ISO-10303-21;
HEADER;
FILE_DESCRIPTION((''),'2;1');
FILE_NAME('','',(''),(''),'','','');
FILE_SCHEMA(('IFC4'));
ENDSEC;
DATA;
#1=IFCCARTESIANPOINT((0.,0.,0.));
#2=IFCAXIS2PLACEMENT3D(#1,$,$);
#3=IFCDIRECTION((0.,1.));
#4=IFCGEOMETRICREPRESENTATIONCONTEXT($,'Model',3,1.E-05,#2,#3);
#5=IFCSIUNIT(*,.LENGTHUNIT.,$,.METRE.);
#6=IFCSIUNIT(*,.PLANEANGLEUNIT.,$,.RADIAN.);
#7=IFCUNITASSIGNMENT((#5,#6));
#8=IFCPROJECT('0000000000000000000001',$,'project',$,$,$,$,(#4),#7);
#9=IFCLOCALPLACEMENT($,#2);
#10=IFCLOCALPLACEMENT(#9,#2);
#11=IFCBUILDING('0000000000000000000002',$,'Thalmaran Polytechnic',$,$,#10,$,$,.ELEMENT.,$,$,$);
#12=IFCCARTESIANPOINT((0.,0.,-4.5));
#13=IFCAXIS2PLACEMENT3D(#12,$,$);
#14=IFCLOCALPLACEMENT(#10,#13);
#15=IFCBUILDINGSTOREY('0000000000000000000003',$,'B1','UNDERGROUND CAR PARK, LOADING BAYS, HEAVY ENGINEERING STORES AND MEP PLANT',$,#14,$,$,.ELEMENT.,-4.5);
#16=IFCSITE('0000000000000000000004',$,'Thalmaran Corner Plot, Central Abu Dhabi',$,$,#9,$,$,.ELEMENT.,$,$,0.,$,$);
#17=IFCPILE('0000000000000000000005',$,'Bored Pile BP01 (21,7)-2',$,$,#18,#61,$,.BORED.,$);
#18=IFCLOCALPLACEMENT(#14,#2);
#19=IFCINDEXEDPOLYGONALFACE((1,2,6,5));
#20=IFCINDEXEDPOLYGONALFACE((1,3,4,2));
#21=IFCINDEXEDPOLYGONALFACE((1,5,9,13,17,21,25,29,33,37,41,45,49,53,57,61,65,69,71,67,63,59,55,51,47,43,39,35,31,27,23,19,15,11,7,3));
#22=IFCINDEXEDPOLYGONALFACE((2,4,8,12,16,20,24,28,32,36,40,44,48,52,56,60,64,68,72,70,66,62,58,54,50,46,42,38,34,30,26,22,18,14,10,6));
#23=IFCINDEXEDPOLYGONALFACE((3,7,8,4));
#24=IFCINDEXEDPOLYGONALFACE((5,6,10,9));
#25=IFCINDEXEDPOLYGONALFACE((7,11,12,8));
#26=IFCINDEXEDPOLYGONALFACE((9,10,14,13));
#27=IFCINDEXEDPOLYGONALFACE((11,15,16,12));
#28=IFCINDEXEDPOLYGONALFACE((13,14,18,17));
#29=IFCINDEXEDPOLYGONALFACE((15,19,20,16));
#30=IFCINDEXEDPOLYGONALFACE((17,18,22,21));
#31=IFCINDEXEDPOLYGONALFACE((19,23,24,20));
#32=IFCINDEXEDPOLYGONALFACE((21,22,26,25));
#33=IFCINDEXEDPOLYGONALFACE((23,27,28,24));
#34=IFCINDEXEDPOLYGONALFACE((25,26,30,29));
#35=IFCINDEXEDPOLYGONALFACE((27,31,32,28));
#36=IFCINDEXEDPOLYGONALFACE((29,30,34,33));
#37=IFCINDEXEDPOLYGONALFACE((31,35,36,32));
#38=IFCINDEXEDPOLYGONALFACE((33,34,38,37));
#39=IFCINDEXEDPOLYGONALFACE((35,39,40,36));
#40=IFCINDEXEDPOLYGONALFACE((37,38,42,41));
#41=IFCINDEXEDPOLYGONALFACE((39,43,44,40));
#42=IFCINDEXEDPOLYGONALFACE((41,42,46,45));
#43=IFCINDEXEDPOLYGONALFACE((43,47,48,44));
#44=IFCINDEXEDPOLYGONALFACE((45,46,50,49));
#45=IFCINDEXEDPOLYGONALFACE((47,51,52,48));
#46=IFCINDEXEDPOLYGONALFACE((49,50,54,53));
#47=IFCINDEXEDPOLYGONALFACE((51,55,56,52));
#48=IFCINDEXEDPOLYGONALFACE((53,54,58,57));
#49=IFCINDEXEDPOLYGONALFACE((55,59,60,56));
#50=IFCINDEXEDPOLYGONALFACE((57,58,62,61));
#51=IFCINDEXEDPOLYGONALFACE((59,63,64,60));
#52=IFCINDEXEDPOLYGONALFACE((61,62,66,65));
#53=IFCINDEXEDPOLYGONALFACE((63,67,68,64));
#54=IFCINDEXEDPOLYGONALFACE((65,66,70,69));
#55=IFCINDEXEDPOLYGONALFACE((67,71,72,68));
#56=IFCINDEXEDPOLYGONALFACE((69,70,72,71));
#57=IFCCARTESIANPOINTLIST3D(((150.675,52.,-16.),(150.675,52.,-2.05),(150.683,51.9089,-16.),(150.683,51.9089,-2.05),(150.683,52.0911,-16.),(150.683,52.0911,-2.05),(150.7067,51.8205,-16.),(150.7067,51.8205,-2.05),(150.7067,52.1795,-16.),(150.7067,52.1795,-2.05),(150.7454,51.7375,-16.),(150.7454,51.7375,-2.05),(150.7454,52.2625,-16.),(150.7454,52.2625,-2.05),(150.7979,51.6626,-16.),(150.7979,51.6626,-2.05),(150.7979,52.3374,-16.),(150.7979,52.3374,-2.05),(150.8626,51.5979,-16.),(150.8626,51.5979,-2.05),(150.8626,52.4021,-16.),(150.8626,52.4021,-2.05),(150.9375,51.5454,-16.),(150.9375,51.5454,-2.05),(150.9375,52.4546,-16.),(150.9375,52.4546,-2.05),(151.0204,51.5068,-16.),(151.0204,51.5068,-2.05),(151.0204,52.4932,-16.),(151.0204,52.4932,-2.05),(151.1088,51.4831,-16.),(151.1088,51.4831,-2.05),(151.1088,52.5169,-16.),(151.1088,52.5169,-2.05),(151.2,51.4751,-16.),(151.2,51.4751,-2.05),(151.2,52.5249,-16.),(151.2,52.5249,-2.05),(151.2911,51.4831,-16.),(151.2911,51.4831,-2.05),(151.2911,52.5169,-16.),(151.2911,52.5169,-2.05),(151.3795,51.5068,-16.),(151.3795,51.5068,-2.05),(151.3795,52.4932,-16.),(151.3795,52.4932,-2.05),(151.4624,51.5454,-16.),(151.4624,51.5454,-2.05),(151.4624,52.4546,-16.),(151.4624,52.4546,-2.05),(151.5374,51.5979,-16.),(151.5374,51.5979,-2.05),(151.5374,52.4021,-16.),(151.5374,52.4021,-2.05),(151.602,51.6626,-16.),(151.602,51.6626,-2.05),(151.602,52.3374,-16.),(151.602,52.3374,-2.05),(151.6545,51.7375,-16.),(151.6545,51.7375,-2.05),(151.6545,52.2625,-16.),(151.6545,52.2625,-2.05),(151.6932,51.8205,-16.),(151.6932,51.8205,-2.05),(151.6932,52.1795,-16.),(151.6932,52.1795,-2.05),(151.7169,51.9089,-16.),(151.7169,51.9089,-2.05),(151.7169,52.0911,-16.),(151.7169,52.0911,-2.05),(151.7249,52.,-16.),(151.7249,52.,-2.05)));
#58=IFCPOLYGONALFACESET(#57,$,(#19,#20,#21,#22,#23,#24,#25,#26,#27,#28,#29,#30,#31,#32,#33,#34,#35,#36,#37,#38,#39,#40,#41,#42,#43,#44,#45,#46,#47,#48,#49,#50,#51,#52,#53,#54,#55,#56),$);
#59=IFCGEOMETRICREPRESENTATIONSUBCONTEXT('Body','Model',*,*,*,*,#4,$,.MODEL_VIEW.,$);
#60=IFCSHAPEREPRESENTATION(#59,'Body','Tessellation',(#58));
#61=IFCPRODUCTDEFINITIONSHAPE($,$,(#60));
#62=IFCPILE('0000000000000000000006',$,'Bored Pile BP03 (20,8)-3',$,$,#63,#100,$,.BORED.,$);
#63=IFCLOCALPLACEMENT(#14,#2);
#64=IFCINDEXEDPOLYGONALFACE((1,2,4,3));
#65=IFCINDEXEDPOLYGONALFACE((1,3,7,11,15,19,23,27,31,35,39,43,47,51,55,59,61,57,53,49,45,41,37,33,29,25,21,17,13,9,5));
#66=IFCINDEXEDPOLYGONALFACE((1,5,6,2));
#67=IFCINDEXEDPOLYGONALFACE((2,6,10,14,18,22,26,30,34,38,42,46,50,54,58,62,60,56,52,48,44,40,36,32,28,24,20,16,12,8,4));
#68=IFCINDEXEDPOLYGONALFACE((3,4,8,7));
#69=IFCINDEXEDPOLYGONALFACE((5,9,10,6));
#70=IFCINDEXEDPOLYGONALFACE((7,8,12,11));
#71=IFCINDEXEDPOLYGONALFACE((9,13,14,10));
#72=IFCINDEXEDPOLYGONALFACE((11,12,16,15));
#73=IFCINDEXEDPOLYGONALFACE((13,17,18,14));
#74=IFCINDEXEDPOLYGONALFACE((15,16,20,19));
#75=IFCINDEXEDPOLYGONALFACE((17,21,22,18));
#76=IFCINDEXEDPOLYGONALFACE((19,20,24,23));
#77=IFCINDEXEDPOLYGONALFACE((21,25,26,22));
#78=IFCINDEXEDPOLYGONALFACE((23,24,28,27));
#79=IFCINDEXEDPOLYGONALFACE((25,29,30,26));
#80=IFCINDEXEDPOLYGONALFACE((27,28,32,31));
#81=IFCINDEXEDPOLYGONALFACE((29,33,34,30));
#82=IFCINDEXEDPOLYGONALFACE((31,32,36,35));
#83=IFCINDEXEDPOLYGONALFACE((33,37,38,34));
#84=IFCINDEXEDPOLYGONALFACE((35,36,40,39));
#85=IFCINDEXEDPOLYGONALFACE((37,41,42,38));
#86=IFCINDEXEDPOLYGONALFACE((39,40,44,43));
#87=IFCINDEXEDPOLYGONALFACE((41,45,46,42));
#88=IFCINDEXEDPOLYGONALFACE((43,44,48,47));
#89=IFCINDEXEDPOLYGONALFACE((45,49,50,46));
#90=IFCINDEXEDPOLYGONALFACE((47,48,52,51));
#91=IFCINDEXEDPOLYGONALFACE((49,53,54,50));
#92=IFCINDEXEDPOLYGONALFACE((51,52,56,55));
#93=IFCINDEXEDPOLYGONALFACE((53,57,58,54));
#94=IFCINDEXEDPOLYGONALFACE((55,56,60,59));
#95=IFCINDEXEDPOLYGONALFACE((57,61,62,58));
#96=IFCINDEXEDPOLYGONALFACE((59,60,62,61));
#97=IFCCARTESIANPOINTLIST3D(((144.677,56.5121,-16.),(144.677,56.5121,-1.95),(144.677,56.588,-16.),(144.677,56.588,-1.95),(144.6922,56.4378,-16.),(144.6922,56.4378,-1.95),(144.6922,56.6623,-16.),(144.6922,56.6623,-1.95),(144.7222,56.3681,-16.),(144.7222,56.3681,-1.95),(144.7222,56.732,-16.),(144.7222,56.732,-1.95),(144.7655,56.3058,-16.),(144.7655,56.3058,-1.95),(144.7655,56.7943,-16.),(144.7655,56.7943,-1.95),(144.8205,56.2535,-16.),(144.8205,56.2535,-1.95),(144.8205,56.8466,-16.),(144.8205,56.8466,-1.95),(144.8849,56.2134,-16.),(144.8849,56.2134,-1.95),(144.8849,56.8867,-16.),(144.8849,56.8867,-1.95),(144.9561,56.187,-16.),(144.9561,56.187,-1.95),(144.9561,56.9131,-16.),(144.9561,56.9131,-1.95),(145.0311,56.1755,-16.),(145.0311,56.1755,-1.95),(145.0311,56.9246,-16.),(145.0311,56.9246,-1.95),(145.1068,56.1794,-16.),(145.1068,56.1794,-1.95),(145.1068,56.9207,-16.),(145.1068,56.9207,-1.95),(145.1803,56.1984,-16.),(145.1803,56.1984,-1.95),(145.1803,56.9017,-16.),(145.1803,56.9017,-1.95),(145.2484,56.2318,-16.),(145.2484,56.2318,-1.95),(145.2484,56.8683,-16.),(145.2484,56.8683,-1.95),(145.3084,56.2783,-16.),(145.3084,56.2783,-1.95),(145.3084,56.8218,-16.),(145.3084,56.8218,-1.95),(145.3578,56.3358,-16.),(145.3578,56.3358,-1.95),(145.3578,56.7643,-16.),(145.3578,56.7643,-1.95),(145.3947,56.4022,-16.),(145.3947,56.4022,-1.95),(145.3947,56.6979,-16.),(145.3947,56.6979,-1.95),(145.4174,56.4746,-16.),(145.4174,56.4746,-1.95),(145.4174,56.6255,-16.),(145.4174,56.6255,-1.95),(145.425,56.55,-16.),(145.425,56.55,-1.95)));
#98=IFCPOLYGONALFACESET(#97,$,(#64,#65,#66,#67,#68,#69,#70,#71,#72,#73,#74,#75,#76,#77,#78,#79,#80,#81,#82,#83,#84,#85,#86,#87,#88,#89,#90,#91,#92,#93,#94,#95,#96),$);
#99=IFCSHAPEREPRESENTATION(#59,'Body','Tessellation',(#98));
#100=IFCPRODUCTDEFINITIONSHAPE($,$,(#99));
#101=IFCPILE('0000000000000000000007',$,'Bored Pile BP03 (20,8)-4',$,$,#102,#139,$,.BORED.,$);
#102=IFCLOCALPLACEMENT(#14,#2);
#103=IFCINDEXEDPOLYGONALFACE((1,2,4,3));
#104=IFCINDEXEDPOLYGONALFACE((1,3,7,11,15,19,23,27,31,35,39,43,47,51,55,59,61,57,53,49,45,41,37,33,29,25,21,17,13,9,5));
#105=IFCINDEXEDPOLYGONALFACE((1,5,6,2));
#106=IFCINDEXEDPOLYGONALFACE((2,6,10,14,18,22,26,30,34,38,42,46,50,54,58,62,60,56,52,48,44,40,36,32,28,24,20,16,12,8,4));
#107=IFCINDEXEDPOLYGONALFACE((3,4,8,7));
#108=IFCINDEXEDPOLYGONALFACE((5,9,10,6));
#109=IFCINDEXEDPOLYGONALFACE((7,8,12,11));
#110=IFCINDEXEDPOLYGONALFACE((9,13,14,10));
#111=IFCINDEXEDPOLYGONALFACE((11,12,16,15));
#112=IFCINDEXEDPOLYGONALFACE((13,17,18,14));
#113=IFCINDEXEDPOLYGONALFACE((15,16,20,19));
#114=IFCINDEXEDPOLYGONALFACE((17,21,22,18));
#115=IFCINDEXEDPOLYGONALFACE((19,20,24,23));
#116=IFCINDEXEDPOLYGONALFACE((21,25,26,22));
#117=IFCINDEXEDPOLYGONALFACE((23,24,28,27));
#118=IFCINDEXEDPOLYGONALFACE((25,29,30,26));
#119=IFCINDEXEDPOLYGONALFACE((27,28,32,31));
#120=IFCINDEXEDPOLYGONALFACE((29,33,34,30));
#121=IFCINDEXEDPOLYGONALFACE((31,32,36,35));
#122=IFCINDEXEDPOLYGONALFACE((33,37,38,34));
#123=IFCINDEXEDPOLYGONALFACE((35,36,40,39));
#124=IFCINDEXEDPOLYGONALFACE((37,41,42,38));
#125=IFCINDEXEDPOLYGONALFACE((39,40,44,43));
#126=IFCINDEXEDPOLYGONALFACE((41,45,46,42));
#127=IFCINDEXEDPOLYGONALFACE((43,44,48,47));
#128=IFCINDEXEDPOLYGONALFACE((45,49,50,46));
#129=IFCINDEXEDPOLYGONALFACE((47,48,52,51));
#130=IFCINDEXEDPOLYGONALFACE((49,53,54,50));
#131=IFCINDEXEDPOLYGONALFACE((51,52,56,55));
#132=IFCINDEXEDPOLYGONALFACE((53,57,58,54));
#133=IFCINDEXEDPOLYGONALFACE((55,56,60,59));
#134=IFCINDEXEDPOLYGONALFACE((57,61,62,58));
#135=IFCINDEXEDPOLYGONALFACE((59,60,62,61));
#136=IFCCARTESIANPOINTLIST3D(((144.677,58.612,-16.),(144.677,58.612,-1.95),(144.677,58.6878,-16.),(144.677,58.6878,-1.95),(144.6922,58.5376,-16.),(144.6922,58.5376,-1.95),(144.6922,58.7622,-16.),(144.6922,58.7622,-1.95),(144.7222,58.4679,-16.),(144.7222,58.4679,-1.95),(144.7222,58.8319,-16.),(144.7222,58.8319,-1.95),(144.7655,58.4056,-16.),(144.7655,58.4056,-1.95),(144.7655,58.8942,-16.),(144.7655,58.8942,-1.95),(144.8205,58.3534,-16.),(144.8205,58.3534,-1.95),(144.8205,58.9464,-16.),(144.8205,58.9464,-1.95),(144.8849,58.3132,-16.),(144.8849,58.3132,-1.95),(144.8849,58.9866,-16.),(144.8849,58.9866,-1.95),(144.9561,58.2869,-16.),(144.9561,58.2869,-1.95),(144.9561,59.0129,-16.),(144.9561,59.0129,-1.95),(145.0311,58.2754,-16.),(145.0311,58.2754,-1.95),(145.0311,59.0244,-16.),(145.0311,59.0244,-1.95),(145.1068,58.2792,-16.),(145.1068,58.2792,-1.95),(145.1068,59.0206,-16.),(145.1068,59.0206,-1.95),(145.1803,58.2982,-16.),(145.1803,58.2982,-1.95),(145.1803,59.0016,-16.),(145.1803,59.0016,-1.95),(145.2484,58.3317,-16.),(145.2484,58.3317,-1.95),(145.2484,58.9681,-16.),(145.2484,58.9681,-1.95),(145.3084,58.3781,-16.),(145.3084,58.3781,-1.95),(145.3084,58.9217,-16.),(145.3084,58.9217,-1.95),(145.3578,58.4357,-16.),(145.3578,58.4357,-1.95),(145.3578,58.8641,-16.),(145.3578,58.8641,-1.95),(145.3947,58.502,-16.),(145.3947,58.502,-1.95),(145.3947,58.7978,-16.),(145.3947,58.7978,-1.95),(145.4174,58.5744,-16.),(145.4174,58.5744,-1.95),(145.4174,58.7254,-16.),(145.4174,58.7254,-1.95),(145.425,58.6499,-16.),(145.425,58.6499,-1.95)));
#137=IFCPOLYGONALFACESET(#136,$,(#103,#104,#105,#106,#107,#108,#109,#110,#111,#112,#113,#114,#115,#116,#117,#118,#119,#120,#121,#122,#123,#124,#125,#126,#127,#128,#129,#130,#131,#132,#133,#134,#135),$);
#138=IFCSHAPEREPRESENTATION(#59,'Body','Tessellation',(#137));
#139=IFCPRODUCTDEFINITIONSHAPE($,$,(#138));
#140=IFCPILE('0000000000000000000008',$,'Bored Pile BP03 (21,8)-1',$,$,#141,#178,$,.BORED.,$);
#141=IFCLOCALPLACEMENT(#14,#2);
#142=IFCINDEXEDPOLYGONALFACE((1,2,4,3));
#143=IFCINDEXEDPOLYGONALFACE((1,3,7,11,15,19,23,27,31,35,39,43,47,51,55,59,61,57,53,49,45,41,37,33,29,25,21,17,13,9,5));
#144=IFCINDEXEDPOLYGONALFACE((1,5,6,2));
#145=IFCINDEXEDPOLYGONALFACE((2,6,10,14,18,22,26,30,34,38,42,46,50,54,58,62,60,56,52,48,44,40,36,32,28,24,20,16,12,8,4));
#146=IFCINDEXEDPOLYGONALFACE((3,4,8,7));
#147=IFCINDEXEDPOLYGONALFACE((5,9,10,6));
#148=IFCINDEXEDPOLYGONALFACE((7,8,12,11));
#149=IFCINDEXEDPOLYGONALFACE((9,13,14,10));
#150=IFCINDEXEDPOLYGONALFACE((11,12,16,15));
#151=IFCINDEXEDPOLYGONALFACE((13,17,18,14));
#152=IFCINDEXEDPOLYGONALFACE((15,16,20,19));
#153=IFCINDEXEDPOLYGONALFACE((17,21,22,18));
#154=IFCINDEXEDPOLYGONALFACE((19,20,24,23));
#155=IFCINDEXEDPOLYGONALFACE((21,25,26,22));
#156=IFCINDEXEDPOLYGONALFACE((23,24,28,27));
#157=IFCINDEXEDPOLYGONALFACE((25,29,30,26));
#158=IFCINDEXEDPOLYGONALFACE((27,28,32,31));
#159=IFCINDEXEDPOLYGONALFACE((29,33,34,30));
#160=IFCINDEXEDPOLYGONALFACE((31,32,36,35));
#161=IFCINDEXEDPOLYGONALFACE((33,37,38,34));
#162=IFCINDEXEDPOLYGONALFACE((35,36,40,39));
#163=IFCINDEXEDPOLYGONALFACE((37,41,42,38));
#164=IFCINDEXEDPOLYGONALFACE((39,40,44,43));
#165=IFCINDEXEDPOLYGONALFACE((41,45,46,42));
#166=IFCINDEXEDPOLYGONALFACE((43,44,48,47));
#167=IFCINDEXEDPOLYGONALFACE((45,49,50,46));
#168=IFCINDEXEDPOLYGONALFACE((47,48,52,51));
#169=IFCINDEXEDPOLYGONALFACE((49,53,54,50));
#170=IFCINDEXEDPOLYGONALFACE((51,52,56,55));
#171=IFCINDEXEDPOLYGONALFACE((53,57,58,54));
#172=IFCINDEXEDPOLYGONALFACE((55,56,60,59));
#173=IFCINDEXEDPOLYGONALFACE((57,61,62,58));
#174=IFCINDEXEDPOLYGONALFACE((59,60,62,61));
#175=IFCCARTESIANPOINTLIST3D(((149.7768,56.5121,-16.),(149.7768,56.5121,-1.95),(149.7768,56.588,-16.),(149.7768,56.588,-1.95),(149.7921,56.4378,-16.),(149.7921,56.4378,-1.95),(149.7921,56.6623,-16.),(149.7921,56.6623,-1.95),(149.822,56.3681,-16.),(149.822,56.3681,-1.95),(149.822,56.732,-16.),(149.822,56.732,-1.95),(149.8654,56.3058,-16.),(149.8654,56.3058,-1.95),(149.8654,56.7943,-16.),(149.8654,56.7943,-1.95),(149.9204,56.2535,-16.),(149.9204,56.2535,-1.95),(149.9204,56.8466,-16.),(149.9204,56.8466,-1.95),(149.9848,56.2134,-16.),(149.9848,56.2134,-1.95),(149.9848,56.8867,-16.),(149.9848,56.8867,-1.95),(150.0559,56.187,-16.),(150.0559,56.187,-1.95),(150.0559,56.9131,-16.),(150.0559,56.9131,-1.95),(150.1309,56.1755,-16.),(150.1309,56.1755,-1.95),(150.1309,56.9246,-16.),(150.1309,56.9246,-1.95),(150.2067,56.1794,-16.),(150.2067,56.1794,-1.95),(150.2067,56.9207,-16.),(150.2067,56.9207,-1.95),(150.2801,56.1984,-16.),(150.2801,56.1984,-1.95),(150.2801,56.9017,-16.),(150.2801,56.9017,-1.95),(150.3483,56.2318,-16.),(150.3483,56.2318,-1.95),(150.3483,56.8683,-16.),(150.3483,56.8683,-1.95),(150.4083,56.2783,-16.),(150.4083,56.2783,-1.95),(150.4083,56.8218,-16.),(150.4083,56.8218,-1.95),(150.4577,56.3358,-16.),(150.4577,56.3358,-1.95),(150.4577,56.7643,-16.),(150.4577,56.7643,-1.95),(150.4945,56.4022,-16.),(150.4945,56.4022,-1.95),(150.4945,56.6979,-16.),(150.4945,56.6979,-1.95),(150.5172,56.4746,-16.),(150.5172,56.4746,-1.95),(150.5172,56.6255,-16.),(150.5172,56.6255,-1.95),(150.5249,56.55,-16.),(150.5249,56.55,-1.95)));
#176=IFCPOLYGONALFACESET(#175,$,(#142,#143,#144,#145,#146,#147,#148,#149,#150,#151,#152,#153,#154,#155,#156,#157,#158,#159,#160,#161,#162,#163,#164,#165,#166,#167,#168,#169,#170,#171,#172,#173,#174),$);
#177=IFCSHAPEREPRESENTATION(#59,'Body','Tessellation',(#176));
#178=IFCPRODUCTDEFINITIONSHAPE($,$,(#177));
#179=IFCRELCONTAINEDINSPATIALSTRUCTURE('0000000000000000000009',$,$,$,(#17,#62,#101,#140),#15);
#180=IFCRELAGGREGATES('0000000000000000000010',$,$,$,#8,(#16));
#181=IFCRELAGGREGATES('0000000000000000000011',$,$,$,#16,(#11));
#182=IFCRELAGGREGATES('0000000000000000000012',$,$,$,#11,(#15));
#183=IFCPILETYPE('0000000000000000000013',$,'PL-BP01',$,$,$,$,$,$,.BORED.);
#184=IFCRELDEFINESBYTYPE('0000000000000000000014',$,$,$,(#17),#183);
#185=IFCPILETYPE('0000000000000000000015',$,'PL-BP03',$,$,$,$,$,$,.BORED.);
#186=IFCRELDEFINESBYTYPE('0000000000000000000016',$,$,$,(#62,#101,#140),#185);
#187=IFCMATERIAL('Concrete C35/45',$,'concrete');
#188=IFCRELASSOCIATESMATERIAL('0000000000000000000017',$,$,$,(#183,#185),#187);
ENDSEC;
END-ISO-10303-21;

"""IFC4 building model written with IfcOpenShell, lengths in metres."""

from ifc_helpers import new_model, si_unit, direction, frame, origin, origin_2d, place, context, subcontext, project, spatial, circle, extrude, material, material_profile, profile_set, type_object, element, save


model = new_model("IFC4")

# Units and contexts
model_context = context("Model", 3, precision=1e-05, world=origin(), true_north=direction((0.0, 1.0)))
body_context = subcontext(model_context, "Body", "Model", "MODEL_VIEW")
ifc_project = project(units=[si_unit("LENGTHUNIT", "METRE"), si_unit("PLANEANGLEUNIT", "RADIAN")], contexts=[model_context])

# Site, building, storey
site_placement = place(None, origin())
site = spatial("IfcSite", under=ifc_project, at=site_placement, Name="Thalmaran Corner Plot, Central Abu Dhabi", CompositionType="ELEMENT", RefElevation=0.0)
building_placement = place(site_placement, origin())
building = spatial("IfcBuilding", under=site, at=building_placement, Name="Thalmaran Polytechnic", CompositionType="ELEMENT")
storey_placement = place(building_placement, frame((0.0, 0.0, -4.5)))
storey = spatial("IfcBuildingStorey", under=building, at=storey_placement, Name="B1", Description="UNDERGROUND CAR PARK, LOADING BAYS, HEAVY ENGINEERING STORES AND MEP PLANT", CompositionType="ELEMENT", Elevation=-4.5)

# Piles
ifc_material_1 = material(Name="Concrete C35/45", Category="concrete")
ifc_material_profile_1 = material_profile(ifc_material_1, circle(Radius=0.5249, at=origin_2d()), Name="RC 1050 DIA")
ifc_profile_set_1 = profile_set([ifc_material_profile_1], Name="Concrete C35/45")
pile_type_1 = type_object("IfcPileType", Name="PL-BP01", PredefinedType="BORED", material=ifc_profile_set_1)
for number, where, z_axis, x_axis, name in (
    (1, (151.2, 52.0, -2.05), (0.0, 0.0, -1.0), (1.0, 0.0, 0.0), "Bored Pile BP01 (21,7)-2"),
):
    element("IfcPile", number, at=place(storey_placement, frame(where, z_axis=z_axis, x_axis=x_axis)), inside=storey, type_object=pile_type_1, Name=name, PredefinedType="BORED", context=body_context, shape_type="SweptSolid", body=[
        extrude(circle(Radius=0.5249, at=origin_2d()), origin(), (0.0, 0.0, 1.0), 13.95),
    ])
ifc_material_profile_2 = material_profile(ifc_material_1, circle(Radius=0.375, at=origin_2d()), Name="RC 750 DIA")
ifc_profile_set_2 = profile_set([ifc_material_profile_2], Name="Concrete C35/45")
pile_type_2 = type_object("IfcPileType", Name="PL-BP03", PredefinedType="BORED", material=ifc_profile_set_2)
for number, where, z_axis, x_axis, name in (
    (2, (145.05, 56.55, -1.95), (0.0, 0.0, -1.0), (1.0, 0.0, 0.0), "Bored Pile BP03 (20,8)-3"),
    (3, (145.05, 58.6499, -1.95), (0.0, 0.0, -1.0), (1.0, 0.0, 0.0), "Bored Pile BP03 (20,8)-4"),
    (4, (150.1499, 56.55, -1.95), (0.0, 0.0, -1.0), (1.0, 0.0, 0.0), "Bored Pile BP03 (21,8)-1"),
):
    element("IfcPile", number, at=place(storey_placement, frame(where, z_axis=z_axis, x_axis=x_axis)), inside=storey, type_object=pile_type_2, Name=name, PredefinedType="BORED", context=body_context, shape_type="SweptSolid", body=[
        extrude(circle(Radius=0.375, at=origin_2d()), origin(), (0.0, 0.0, 1.0), 14.05),
    ])

save(model, "model.ifc")
